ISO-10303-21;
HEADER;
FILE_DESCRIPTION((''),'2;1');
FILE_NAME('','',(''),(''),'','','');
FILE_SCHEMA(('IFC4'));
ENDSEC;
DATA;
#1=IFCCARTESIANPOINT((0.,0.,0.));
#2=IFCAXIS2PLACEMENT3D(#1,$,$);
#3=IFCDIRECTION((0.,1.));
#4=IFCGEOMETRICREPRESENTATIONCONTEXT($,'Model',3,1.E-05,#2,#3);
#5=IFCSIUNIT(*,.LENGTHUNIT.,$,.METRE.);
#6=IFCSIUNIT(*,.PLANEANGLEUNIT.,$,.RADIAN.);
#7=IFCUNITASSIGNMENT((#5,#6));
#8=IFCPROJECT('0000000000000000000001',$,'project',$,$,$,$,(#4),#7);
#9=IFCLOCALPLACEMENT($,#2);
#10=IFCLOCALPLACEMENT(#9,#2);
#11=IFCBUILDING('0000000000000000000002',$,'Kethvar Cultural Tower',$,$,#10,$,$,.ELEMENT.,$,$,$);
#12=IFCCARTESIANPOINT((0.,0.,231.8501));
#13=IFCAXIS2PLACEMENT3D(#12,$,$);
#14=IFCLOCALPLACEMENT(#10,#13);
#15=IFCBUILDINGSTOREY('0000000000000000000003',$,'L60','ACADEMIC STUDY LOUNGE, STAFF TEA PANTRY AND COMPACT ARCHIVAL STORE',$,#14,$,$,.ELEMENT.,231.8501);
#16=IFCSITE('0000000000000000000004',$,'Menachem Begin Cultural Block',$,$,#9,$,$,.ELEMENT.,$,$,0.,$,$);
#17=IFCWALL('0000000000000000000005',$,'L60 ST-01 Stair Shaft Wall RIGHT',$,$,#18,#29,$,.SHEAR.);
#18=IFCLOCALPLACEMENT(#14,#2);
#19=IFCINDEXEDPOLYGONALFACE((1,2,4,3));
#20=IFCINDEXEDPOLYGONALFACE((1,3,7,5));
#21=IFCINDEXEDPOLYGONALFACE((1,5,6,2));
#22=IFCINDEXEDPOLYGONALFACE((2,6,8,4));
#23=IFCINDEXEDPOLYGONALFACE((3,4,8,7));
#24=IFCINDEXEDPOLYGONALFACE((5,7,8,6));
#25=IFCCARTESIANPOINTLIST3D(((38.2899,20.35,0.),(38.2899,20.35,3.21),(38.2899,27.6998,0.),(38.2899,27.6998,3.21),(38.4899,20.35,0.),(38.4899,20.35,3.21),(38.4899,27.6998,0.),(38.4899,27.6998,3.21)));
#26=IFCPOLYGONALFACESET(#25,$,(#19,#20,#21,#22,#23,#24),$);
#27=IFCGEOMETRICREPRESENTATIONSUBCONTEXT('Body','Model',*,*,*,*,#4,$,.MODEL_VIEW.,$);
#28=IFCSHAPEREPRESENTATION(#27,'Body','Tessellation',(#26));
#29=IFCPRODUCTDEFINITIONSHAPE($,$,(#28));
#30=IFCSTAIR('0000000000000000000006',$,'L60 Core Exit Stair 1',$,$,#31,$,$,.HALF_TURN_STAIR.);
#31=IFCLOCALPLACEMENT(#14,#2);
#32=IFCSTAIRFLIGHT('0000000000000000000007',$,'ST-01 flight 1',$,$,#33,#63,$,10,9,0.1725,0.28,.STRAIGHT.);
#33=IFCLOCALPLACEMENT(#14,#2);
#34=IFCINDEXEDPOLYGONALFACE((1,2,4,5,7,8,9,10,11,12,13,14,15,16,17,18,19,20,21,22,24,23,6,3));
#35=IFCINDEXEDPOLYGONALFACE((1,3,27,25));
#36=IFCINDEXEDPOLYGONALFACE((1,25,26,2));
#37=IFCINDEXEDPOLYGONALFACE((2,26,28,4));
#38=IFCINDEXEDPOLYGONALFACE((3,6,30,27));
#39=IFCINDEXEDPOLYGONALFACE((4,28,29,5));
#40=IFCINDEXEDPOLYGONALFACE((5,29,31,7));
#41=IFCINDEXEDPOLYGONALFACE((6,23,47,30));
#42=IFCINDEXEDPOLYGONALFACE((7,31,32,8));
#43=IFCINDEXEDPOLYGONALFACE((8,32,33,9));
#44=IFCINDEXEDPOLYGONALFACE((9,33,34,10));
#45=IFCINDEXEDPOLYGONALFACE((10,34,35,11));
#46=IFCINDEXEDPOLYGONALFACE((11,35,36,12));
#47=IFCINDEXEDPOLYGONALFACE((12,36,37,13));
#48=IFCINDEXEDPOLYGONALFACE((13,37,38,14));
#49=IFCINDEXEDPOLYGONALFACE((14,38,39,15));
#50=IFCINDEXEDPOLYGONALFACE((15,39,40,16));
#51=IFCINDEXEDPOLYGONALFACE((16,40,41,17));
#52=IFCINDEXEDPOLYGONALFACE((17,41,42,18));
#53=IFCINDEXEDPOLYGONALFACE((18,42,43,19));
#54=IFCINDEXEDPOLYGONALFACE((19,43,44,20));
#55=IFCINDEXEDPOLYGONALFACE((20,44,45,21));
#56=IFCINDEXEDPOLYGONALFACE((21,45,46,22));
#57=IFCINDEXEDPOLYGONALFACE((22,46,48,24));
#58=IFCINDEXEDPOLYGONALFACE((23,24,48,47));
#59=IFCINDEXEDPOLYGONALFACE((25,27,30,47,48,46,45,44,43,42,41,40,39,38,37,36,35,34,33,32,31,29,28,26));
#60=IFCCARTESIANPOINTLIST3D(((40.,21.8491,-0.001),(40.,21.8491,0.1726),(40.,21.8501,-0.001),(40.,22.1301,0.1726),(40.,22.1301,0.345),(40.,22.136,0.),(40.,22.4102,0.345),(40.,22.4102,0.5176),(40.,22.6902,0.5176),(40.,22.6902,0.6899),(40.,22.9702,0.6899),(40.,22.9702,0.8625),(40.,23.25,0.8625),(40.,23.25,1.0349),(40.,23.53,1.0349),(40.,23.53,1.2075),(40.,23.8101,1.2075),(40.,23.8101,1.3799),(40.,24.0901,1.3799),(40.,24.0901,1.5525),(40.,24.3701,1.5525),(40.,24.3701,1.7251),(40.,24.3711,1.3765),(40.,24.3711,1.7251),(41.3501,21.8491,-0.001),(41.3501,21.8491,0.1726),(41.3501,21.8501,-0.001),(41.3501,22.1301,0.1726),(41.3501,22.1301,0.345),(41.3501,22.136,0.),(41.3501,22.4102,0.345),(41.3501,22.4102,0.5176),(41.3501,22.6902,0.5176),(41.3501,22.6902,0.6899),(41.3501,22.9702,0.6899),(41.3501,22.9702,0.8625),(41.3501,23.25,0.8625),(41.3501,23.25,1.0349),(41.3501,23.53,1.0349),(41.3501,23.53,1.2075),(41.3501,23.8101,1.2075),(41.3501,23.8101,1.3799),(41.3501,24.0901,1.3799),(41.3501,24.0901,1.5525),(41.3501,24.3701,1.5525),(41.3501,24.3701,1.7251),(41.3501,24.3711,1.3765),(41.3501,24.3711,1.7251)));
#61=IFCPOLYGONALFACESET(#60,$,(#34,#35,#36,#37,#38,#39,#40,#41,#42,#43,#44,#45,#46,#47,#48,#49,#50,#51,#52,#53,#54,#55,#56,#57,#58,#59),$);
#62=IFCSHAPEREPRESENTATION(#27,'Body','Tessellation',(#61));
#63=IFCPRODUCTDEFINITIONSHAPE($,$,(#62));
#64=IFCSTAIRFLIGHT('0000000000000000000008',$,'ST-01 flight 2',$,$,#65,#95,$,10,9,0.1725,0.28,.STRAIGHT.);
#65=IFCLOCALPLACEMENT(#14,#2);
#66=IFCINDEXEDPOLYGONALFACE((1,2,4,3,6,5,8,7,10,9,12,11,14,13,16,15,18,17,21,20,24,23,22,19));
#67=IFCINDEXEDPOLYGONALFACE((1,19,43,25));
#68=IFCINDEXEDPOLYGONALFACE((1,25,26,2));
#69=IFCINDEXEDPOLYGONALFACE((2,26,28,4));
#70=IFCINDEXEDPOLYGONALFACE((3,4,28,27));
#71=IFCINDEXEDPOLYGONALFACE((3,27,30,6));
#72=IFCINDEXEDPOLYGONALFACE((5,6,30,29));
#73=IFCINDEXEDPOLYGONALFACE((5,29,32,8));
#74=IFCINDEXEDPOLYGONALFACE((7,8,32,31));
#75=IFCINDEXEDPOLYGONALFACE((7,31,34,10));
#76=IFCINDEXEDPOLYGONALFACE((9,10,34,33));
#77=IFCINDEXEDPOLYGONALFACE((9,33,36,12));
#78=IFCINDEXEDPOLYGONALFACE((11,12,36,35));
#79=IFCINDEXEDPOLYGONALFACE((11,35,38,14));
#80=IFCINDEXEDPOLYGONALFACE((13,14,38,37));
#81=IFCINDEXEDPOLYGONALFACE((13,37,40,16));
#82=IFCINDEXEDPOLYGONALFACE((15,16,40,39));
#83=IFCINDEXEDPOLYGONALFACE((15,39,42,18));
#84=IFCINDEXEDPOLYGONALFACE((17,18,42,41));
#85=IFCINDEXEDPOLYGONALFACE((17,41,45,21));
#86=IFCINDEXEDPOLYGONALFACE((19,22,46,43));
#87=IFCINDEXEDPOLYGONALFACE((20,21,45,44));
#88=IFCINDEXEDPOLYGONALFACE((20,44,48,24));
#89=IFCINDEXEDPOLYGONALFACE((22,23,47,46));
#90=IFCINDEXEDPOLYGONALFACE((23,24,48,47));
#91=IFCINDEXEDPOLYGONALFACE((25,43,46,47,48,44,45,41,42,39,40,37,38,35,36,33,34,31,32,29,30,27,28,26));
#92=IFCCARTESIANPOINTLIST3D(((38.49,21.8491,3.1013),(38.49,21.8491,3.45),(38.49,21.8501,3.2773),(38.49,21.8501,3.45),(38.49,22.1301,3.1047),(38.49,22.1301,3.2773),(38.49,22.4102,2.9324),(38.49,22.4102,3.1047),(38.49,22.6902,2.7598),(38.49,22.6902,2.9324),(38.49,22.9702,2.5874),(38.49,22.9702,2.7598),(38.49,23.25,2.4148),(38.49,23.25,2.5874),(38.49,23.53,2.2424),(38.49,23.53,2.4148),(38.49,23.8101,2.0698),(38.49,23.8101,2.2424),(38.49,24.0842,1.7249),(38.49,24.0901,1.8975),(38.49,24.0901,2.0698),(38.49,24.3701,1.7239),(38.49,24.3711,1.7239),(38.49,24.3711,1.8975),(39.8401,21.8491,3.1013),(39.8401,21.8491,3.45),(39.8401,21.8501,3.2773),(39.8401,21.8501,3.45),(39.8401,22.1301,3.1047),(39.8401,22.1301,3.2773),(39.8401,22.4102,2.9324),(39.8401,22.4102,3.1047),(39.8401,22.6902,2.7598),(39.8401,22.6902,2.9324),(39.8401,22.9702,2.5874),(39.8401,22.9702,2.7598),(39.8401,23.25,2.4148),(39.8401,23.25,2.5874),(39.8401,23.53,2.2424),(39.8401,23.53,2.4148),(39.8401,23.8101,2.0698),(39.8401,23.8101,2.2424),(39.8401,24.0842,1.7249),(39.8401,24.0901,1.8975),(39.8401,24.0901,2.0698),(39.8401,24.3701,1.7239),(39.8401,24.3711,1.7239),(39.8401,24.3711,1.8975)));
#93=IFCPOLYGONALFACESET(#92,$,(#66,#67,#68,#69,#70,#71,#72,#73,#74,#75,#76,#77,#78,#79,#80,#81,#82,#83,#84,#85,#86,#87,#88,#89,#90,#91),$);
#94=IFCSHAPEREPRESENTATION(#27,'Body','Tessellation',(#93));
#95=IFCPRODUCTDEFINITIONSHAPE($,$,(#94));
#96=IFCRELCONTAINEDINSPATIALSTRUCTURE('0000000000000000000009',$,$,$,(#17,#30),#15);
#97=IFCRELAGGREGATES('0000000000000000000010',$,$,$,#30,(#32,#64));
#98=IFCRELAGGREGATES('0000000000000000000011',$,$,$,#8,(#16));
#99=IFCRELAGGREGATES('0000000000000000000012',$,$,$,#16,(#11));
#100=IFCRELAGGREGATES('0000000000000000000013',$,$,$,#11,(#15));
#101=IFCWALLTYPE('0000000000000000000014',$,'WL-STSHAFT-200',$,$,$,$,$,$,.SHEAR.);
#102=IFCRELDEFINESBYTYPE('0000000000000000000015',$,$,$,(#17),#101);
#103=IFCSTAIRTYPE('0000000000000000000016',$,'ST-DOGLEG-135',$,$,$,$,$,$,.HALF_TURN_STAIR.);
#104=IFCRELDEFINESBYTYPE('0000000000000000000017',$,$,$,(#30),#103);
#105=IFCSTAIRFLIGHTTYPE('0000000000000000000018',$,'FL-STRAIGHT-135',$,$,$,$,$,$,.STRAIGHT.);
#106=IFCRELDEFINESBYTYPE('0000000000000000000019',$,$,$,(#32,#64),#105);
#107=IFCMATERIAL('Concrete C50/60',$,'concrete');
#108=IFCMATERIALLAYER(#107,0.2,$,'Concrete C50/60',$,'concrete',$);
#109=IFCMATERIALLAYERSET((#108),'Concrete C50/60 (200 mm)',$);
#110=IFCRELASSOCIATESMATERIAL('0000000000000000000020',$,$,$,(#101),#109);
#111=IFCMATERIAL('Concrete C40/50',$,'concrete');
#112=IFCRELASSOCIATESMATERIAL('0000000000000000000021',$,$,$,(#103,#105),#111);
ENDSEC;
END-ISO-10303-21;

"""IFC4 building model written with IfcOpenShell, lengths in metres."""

from ifc_helpers import new_model, si_unit, direction, frame, frame_2d, origin, place, context, subcontext, project, spatial, polyline, rectangle, outline, extrude, material, layer, layer_set, type_object, element, aggregate, save


model = new_model("IFC4")

# Units and contexts
model_context = context("Model", 3, precision=1e-05, world=origin(), true_north=direction((0.0, 1.0)))
body_context = subcontext(model_context, "Body", "Model", "MODEL_VIEW")
ifc_project = project(units=[si_unit("LENGTHUNIT", "METRE"), si_unit("PLANEANGLEUNIT", "RADIAN")], contexts=[model_context])

# Site, building, storey
site_placement = place(None, origin())
site = spatial("IfcSite", under=ifc_project, at=site_placement, Name="Menachem Begin Cultural Block", CompositionType="ELEMENT", RefElevation=0.0)
building_placement = place(site_placement, origin())
building = spatial("IfcBuilding", under=site, at=building_placement, Name="Kethvar Cultural Tower", CompositionType="ELEMENT")
storey_placement = place(building_placement, frame((0.0, 0.0, 231.8501)))
storey = spatial("IfcBuildingStorey", under=building, at=storey_placement, Name="L60", Description="ACADEMIC STUDY LOUNGE, STAFF TEA PANTRY AND COMPACT ARCHIVAL STORE", CompositionType="ELEMENT", Elevation=231.8501)

# Shared definitions
ifc_material_1 = material(Name="Concrete C50/60", Category="concrete")

# Wall
ifc_layer_1 = layer(ifc_material_1, 0.2, Name="Concrete C50/60", Category="concrete")
ifc_layer_set_1 = layer_set([ifc_layer_1], Name="Concrete C50/60 (200 mm)")
wall_type_1 = type_object("IfcWallType", Name="WL-STSHAFT-200", PredefinedType="SHEAR", material=ifc_layer_set_1)
wall_1_placement = place(storey_placement, frame((38.3899, 20.3501, 0.0), z_axis=(0.0, 0.0, 1.0), x_axis=(0.0, 1.0, 0.0)))
element("IfcWall", 1, at=wall_1_placement, inside=storey, type_object=wall_type_1, Name="L60 ST-01 Stair Shaft Wall RIGHT", PredefinedType="SHEAR", context=body_context, shape_type="SweptSolid", body=[
    extrude(rectangle(XDim=7.3499, YDim=0.2, at=frame_2d((3.6748, 0.0))), origin(), (0.0, 0.0, 1.0), 3.21),
])

# Stair, stair flights
ifc_material_2 = material(Name="Concrete C40/50", Category="concrete")
stair_type = type_object("IfcStairType", Name="ST-DOGLEG-135", PredefinedType="HALF_TURN_STAIR", material=ifc_material_2)
stair_placement = place(storey_placement, origin())
stair = element("IfcStair", 2, at=stair_placement, inside=storey, type_object=stair_type, Name="L60 Core Exit Stair 1", PredefinedType="HALF_TURN_STAIR")
stair_flight_type = type_object("IfcStairFlightType", Name="FL-STRAIGHT-135", PredefinedType="STRAIGHT", material=ifc_material_2)
stair_flight_1_placement = place(storey_placement, frame((40.675, 21.8501, 0.0), z_axis=(0.0, 0.0, 1.0), x_axis=(0.0, 1.0, 0.0)))
stair_flight_1 = element("IfcStairFlight", 3, at=stair_flight_1_placement, type_object=stair_flight_type, Name="ST-01 flight 1", NumberOfRisers=10, NumberOfTreads=9, PredefinedType="STRAIGHT", RiserHeight=0.1725, TreadLength=0.28, context=body_context, shape_type="SweptSolid", body=[
    extrude(outline(polyline([(-0.001, -0.001), (-0.001, 0.1726), (0.28, 0.1726), (0.28, 0.345), (0.5601, 0.345), (0.5601, 0.5176), (0.8401, 0.5176), (0.8401, 0.6899), (1.1201, 0.6899), (1.1201, 0.8625), (1.3999, 0.8625), (1.3999, 1.0349), (1.6799, 1.0349), (1.6799, 1.2075), (1.96, 1.2075), (1.96, 1.3799), (2.24, 1.3799), (2.24, 1.5525), (2.52, 1.5525), (2.52, 1.7251), (2.521, 1.7251), (2.521, 1.3765), (0.2859, 0.0), (0.0, -0.001), (-0.001, -0.001)])), frame((0.0, 0.675, 0.0), z_axis=(0.0, -1.0, 0.0), x_axis=(1.0, 0.0, 0.0)), (0.0, 0.0, 1.0), 1.3501),
])
stair_flight_2_placement = place(storey_placement, frame((39.165, 24.3701, 1.7249), z_axis=(0.0, 0.0, 1.0), x_axis=(0.0, -1.0, 0.0)))
stair_flight_2 = element("IfcStairFlight", 4, at=stair_flight_2_placement, type_object=stair_flight_type, Name="ST-01 flight 2", NumberOfRisers=10, NumberOfTreads=9, PredefinedType="STRAIGHT", RiserHeight=0.1725, TreadLength=0.28, context=body_context, shape_type="SweptSolid", body=[
    extrude(outline(polyline([(-0.001, -0.001), (-0.001, 0.1726), (0.28, 0.1726), (0.28, 0.345), (0.5601, 0.345), (0.5601, 0.5176), (0.8401, 0.5176), (0.8401, 0.6899), (1.1201, 0.6899), (1.1201, 0.8625), (1.3999, 0.8625), (1.3999, 1.0349), (1.6799, 1.0349), (1.6799, 1.2075), (1.96, 1.2075), (1.96, 1.3799), (2.24, 1.3799), (2.24, 1.5525), (2.52, 1.5525), (2.52, 1.7251), (2.521, 1.7251), (2.521, 1.3765), (0.2859, 0.0), (0.0, -0.001), (-0.001, -0.001)])), frame((0.0, 0.675, 0.0), z_axis=(0.0, -1.0, 0.0), x_axis=(1.0, 0.0, 0.0)), (0.0, 0.0, 1.0), 1.3501),
])
aggregate(stair, [stair_flight_1, stair_flight_2])

save(model, "model.ifc")
